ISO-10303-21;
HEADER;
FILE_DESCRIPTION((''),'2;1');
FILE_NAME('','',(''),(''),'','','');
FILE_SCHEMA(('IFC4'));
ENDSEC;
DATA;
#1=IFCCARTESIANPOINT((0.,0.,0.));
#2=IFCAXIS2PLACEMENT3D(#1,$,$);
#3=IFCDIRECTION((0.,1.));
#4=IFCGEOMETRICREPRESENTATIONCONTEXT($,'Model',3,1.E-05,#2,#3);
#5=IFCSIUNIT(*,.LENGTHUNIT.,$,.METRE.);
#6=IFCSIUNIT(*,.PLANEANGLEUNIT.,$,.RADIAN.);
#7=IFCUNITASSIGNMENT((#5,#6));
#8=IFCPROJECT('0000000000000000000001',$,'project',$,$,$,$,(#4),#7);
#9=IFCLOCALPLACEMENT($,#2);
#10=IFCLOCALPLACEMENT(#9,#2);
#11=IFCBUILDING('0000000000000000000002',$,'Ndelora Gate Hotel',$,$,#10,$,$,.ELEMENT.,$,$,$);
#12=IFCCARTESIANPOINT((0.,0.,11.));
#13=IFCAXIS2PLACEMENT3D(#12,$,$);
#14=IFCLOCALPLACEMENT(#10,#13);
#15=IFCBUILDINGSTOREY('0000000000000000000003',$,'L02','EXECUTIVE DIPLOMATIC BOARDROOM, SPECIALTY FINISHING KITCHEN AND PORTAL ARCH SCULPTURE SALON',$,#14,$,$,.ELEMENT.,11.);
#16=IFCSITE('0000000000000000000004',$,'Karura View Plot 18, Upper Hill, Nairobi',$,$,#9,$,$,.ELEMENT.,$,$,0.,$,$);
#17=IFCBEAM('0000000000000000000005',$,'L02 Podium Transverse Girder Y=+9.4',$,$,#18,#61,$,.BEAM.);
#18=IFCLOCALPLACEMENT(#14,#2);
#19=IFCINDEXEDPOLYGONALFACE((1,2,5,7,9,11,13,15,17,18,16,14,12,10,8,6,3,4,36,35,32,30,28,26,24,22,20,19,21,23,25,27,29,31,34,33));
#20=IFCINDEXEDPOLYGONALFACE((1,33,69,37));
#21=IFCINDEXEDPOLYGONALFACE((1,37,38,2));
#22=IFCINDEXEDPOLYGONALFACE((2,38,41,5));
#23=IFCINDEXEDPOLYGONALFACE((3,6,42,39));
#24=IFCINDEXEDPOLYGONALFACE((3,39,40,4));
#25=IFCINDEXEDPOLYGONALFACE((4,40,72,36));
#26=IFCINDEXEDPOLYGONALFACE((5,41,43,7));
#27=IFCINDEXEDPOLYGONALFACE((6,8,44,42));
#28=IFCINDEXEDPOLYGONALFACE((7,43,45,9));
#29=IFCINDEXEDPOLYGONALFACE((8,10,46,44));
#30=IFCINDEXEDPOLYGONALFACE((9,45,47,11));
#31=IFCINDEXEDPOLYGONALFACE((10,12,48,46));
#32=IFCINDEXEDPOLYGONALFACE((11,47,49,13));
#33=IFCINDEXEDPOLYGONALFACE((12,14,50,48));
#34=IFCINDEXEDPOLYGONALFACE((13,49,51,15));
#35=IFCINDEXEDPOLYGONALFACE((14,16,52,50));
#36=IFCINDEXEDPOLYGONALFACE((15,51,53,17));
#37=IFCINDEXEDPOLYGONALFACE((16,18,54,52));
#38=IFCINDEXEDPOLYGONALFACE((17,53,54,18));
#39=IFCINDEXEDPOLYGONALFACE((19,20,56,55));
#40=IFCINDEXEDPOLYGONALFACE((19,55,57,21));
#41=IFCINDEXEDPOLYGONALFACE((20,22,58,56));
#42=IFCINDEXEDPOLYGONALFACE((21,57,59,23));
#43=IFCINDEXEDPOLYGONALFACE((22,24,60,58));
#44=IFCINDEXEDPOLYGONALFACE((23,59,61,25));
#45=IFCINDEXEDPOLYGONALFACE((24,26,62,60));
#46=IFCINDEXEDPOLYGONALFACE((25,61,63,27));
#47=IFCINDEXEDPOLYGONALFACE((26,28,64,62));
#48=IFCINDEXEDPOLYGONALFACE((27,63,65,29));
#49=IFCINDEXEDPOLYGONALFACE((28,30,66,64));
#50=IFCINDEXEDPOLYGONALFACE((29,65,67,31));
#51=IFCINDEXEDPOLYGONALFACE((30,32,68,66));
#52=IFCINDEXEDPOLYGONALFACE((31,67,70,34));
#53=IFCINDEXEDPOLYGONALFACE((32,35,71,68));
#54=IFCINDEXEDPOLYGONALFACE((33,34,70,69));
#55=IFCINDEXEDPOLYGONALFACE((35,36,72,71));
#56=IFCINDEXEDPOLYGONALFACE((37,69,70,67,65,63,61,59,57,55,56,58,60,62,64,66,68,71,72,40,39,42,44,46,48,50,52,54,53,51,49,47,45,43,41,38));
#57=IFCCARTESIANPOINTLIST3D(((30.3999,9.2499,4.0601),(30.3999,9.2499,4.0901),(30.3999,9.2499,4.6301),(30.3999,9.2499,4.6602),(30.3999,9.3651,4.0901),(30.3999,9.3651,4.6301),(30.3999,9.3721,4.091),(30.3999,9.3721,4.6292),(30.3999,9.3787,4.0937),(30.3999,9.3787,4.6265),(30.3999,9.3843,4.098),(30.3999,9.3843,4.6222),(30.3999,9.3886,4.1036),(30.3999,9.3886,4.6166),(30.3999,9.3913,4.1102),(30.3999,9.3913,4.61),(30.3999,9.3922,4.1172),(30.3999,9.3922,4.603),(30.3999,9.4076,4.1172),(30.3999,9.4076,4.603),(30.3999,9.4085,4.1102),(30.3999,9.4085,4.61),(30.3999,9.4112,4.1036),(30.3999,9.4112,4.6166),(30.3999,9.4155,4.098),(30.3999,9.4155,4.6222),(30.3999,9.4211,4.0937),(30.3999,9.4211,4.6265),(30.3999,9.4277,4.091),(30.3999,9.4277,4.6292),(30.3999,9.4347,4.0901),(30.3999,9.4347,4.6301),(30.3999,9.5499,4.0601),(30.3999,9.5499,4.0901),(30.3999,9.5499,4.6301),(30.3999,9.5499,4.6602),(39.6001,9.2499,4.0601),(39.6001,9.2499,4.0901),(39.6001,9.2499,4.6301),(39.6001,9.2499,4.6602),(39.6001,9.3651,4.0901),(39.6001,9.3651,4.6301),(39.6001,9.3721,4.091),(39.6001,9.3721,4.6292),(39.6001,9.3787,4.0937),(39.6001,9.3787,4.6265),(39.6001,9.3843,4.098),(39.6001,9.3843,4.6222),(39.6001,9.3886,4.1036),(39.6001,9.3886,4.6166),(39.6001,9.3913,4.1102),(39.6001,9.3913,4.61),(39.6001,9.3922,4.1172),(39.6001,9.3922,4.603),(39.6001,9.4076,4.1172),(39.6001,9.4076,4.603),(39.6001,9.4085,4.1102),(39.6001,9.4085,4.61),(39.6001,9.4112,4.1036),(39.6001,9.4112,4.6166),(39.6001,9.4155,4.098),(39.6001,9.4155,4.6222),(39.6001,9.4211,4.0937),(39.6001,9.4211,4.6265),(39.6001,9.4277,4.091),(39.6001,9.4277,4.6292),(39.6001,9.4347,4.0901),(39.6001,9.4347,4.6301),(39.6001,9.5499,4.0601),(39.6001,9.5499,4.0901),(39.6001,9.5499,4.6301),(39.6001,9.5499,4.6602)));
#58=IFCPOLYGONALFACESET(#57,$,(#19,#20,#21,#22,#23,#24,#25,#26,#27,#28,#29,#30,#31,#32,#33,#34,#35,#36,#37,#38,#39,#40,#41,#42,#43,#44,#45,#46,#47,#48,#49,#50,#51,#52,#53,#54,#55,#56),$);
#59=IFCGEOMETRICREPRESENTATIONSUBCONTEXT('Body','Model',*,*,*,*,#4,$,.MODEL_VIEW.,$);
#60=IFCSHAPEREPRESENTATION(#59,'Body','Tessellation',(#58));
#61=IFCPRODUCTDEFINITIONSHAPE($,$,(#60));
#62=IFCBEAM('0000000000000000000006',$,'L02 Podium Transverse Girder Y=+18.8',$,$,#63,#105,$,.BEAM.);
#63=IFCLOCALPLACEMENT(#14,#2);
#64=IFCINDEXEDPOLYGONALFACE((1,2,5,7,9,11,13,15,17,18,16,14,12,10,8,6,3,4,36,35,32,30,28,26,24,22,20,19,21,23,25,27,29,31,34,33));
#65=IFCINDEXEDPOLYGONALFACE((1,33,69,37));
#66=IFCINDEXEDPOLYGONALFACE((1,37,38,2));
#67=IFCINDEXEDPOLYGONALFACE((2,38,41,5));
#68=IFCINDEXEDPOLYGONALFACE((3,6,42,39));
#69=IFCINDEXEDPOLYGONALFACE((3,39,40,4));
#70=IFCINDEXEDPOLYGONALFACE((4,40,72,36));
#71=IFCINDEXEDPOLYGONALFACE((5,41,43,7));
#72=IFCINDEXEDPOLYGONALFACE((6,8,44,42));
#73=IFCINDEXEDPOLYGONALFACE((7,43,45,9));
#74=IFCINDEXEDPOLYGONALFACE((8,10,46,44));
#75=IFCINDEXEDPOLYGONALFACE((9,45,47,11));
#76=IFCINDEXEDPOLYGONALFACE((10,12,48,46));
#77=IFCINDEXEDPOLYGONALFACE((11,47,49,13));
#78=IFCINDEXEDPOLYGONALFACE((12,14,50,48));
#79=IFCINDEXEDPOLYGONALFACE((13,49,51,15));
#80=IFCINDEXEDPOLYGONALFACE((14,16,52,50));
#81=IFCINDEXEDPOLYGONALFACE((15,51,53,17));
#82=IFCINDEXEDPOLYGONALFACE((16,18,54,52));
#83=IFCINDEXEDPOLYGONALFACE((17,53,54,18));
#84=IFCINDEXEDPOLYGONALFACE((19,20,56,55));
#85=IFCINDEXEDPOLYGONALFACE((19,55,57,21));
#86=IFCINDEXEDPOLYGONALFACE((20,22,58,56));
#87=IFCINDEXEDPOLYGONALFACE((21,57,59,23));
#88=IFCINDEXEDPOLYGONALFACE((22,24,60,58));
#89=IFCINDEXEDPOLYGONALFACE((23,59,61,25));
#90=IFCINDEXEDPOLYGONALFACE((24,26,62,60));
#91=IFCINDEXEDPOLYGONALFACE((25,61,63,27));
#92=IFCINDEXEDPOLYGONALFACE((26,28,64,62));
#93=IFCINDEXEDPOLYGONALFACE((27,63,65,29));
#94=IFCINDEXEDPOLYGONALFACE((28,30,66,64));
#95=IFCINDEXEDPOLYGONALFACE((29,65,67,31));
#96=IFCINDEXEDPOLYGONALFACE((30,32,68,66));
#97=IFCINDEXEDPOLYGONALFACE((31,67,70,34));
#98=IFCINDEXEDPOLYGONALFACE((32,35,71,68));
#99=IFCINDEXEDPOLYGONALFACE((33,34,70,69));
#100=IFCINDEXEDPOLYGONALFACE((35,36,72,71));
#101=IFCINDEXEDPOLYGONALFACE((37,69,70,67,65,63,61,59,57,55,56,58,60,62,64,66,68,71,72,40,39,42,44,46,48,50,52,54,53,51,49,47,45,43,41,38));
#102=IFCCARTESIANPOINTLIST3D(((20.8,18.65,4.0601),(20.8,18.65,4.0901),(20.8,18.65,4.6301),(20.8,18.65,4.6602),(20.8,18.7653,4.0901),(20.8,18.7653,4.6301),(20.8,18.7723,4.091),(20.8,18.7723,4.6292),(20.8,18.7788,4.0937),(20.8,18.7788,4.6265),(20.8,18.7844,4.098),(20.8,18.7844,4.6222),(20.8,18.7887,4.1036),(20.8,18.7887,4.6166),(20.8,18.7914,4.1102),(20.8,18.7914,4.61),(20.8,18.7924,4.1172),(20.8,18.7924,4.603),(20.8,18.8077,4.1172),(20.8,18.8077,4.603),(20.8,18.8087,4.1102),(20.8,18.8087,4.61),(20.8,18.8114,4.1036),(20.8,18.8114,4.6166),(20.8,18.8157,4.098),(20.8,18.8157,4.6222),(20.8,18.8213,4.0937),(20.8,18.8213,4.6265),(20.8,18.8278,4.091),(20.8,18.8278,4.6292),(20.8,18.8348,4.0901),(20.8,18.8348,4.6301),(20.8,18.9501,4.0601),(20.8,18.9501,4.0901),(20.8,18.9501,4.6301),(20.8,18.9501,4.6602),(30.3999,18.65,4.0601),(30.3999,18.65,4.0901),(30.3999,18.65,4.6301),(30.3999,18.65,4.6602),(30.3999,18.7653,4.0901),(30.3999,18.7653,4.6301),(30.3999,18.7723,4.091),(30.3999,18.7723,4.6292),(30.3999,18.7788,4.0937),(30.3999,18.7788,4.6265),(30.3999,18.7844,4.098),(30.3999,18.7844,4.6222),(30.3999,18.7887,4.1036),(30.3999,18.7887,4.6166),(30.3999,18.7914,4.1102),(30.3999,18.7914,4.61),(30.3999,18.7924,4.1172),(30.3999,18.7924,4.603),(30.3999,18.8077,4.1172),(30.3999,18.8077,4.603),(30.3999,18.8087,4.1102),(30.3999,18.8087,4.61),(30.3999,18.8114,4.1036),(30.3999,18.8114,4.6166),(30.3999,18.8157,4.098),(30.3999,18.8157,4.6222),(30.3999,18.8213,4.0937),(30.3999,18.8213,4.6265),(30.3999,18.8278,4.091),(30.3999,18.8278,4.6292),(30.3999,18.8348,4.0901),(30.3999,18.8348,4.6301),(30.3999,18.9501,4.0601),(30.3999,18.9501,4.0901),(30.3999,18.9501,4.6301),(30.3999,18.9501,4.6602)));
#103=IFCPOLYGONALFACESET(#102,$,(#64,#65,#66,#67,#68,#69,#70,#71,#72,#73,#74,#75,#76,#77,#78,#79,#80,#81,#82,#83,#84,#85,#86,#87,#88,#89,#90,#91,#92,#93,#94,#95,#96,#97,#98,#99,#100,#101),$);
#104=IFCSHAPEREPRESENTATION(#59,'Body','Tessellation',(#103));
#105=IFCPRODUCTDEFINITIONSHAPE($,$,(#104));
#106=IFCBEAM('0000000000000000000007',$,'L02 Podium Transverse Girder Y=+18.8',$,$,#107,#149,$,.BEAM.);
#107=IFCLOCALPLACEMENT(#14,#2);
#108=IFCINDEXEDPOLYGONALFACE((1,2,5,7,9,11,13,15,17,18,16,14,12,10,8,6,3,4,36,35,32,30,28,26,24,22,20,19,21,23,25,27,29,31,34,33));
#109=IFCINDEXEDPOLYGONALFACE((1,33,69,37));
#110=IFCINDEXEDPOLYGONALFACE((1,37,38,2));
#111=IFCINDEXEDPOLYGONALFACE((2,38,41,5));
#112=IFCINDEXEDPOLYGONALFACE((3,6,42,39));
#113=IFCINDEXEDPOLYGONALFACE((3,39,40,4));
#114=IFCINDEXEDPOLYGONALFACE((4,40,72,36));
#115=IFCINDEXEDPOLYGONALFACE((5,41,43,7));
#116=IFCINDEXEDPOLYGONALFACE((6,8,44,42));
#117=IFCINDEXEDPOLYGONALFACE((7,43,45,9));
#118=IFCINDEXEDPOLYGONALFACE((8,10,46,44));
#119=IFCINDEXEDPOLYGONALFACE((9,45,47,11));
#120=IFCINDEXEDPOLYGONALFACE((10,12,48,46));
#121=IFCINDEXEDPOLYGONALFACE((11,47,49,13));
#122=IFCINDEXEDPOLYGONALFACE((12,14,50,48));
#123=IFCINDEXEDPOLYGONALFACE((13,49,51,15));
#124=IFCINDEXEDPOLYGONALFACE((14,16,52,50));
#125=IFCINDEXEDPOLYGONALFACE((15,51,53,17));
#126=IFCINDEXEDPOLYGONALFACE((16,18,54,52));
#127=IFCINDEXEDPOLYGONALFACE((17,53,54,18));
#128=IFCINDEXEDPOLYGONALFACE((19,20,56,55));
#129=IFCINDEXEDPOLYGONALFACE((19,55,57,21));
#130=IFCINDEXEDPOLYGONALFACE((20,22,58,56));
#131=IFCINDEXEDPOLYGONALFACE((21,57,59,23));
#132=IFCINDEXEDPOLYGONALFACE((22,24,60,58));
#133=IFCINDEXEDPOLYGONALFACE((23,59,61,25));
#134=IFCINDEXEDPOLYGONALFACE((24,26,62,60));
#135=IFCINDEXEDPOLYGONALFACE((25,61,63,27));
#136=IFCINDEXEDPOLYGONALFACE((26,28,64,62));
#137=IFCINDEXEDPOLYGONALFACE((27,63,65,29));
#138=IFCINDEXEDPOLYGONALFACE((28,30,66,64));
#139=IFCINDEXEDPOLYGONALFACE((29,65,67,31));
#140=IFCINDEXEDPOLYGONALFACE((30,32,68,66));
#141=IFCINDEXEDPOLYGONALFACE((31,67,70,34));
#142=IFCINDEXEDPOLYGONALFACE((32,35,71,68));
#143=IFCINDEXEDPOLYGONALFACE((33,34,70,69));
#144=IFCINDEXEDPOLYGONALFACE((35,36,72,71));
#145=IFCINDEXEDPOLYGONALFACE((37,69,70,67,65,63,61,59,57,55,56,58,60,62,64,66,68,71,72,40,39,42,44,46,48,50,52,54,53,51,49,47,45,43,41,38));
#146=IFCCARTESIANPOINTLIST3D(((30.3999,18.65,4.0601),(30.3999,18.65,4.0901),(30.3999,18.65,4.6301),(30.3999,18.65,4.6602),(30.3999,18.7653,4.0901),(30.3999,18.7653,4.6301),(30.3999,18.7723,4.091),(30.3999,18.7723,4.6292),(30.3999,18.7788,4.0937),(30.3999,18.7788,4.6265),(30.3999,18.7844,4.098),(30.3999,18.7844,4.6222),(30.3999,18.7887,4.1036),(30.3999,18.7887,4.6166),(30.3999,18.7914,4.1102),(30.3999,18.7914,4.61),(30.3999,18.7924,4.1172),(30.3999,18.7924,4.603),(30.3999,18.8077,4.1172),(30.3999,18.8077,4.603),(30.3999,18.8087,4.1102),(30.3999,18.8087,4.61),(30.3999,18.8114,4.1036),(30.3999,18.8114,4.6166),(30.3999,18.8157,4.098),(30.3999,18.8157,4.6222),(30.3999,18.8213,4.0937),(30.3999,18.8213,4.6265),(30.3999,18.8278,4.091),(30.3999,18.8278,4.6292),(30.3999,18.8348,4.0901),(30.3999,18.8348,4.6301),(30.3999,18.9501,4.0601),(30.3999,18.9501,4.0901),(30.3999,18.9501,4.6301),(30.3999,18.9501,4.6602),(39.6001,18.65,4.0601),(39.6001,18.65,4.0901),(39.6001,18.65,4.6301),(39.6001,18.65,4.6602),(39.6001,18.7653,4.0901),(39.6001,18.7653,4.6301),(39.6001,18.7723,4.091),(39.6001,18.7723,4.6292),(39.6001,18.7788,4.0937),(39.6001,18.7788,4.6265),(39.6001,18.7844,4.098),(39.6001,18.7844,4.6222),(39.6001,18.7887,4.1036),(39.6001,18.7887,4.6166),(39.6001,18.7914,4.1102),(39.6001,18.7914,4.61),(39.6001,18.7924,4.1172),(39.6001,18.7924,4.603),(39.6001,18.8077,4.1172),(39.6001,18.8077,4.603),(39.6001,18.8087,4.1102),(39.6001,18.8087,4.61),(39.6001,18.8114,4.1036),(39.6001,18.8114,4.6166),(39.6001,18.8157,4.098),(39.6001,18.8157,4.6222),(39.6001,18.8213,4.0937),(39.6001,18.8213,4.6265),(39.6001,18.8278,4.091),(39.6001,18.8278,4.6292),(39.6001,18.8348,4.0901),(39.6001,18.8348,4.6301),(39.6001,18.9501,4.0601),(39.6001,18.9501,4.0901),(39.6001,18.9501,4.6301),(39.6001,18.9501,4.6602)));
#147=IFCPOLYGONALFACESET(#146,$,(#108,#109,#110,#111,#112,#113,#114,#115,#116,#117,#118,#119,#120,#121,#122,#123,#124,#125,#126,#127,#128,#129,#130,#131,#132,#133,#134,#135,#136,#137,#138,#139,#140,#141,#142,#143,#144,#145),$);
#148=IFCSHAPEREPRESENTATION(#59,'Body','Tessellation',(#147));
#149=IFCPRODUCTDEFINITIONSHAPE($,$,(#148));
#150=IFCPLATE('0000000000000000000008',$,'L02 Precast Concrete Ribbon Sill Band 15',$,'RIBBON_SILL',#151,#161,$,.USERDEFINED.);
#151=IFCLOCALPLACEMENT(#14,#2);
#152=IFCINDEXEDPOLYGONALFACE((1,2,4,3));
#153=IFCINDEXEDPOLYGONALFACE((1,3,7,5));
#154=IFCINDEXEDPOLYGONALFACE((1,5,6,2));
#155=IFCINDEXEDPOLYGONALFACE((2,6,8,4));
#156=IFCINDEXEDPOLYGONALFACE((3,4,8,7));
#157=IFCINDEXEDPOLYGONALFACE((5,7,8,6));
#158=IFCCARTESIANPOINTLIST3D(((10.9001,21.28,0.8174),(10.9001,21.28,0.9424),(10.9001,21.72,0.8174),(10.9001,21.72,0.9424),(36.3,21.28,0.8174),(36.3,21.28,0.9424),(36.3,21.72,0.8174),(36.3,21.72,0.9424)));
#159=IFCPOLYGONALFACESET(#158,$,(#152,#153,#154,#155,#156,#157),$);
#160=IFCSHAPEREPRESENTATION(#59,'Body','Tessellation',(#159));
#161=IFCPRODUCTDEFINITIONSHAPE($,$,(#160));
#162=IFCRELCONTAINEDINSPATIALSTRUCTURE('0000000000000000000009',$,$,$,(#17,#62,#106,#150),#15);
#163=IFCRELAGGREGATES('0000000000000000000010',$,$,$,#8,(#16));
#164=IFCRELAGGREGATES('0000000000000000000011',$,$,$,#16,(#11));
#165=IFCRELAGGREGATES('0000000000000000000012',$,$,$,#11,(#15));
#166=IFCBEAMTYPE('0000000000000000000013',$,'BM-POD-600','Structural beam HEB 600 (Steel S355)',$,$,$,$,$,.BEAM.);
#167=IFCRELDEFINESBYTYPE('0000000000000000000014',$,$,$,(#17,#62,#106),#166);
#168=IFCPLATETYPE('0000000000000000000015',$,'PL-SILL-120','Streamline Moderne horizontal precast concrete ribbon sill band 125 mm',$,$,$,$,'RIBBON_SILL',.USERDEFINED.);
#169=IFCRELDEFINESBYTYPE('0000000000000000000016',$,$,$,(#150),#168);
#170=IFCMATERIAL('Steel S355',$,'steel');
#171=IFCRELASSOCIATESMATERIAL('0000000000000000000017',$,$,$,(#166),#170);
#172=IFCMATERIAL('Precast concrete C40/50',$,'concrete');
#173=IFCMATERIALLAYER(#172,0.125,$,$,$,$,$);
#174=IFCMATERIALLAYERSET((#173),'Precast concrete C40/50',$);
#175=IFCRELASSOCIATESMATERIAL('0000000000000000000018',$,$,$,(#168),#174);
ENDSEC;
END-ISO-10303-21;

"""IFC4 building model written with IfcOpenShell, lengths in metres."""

from ifc_helpers import new_model, si_unit, direction, frame, origin, origin_2d, place, context, subcontext, project, spatial, rectangle, i_section, extrude, material, layer, layer_set, material_profile, profile_set, type_object, element, save


model = new_model("IFC4")

# Units and contexts
model_context = context("Model", 3, precision=1e-05, world=origin(), true_north=direction((0.0, 1.0)))
body_context = subcontext(model_context, "Body", "Model", "MODEL_VIEW")
ifc_project = project(units=[si_unit("LENGTHUNIT", "METRE"), si_unit("PLANEANGLEUNIT", "RADIAN")], contexts=[model_context])

# Site, building, storey
site_placement = place(None, origin())
site = spatial("IfcSite", under=ifc_project, at=site_placement, Name="Karura View Plot 18, Upper Hill, Nairobi", CompositionType="ELEMENT", RefElevation=0.0)
building_placement = place(site_placement, origin())
building = spatial("IfcBuilding", under=site, at=building_placement, Name="Ndelora Gate Hotel", CompositionType="ELEMENT")
storey_placement = place(building_placement, frame((0.0, 0.0, 11.0)))
storey = spatial("IfcBuildingStorey", under=building, at=storey_placement, Name="L02", Description="EXECUTIVE DIPLOMATIC BOARDROOM, SPECIALTY FINISHING KITCHEN AND PORTAL ARCH SCULPTURE SALON", CompositionType="ELEMENT", Elevation=11.0)

# Beams
ifc_material_1 = material(Name="Steel S355", Category="steel")
ifc_material_profile_1 = material_profile(ifc_material_1, i_section(OverallWidth=0.3, OverallDepth=0.6001, WebThickness=0.0154, FlangeThickness=0.03, FilletRadius=0.0271, at=origin_2d()), Name="HEB 600")
ifc_profile_set_1 = profile_set([ifc_material_profile_1], Name="Steel S355")
beam_type_1 = type_object("IfcBeamType", Name="BM-POD-600", Description="Structural beam HEB 600 (Steel S355)", PredefinedType="BEAM", material=ifc_profile_set_1)
beam_1_placement = place(storey_placement, frame((30.3999, 9.3999, 4.3601), z_axis=(1.0, 0.0, 0.0), x_axis=(0.0, 1.0, 0.0)))
element("IfcBeam", 1, at=beam_1_placement, inside=storey, type_object=beam_type_1, Name="L02 Podium Transverse Girder Y=+9.4", PredefinedType="BEAM", context=body_context, shape_type="SweptSolid", body=[
    extrude(i_section(OverallWidth=0.3, OverallDepth=0.6001, WebThickness=0.0154, FlangeThickness=0.03, FilletRadius=0.0271, at=origin_2d()), origin(), (0.0, 0.0, 1.0), 9.2002),
])
beam_2_placement = place(storey_placement, frame((20.8, 18.8, 4.3601), z_axis=(1.0, 0.0, 0.0), x_axis=(0.0, 1.0, 0.0)))
element("IfcBeam", 2, at=beam_2_placement, inside=storey, type_object=beam_type_1, Name="L02 Podium Transverse Girder Y=+18.8", PredefinedType="BEAM", context=body_context, shape_type="SweptSolid", body=[
    extrude(i_section(OverallWidth=0.3, OverallDepth=0.6001, WebThickness=0.0154, FlangeThickness=0.03, FilletRadius=0.0271, at=origin_2d()), origin(), (0.0, 0.0, 1.0), 9.5999),
])
beam_3_placement = place(storey_placement, frame((30.3999, 18.8, 4.3601), z_axis=(1.0, 0.0, 0.0), x_axis=(0.0, 1.0, 0.0)))
element("IfcBeam", 3, at=beam_3_placement, inside=storey, type_object=beam_type_1, Name="L02 Podium Transverse Girder Y=+18.8", PredefinedType="BEAM", context=body_context, shape_type="SweptSolid", body=[
    extrude(i_section(OverallWidth=0.3, OverallDepth=0.6001, WebThickness=0.0154, FlangeThickness=0.03, FilletRadius=0.0271, at=origin_2d()), origin(), (0.0, 0.0, 1.0), 9.2002),
])

# Plate
ifc_material_2 = material(Name="Precast concrete C40/50", Category="concrete")
ifc_layer_1 = layer(ifc_material_2, 0.125)
ifc_layer_set_1 = layer_set([ifc_layer_1], Name="Precast concrete C40/50")
plate_type = type_object("IfcPlateType", Name="PL-SILL-120", Description="Streamline Moderne horizontal precast concrete ribbon sill band 125 mm", ElementType="RIBBON_SILL", PredefinedType="USERDEFINED", material=ifc_layer_set_1)
plate_placement = place(storey_placement, frame((23.6001, 21.5, 0.8174), z_axis=(0.0, 0.0, 1.0), x_axis=(1.0, 0.0, 0.0)))
element("IfcPlate", 4, at=plate_placement, inside=storey, type_object=plate_type, Name="L02 Precast Concrete Ribbon Sill Band 15", ObjectType="RIBBON_SILL", PredefinedType="USERDEFINED", context=body_context, shape_type="SweptSolid", body=[
    extrude(rectangle(XDim=25.3999, YDim=0.4399, at=origin_2d()), origin(), (0.0, 0.0, 1.0), 0.125),
])

save(model, "model.ifc")
